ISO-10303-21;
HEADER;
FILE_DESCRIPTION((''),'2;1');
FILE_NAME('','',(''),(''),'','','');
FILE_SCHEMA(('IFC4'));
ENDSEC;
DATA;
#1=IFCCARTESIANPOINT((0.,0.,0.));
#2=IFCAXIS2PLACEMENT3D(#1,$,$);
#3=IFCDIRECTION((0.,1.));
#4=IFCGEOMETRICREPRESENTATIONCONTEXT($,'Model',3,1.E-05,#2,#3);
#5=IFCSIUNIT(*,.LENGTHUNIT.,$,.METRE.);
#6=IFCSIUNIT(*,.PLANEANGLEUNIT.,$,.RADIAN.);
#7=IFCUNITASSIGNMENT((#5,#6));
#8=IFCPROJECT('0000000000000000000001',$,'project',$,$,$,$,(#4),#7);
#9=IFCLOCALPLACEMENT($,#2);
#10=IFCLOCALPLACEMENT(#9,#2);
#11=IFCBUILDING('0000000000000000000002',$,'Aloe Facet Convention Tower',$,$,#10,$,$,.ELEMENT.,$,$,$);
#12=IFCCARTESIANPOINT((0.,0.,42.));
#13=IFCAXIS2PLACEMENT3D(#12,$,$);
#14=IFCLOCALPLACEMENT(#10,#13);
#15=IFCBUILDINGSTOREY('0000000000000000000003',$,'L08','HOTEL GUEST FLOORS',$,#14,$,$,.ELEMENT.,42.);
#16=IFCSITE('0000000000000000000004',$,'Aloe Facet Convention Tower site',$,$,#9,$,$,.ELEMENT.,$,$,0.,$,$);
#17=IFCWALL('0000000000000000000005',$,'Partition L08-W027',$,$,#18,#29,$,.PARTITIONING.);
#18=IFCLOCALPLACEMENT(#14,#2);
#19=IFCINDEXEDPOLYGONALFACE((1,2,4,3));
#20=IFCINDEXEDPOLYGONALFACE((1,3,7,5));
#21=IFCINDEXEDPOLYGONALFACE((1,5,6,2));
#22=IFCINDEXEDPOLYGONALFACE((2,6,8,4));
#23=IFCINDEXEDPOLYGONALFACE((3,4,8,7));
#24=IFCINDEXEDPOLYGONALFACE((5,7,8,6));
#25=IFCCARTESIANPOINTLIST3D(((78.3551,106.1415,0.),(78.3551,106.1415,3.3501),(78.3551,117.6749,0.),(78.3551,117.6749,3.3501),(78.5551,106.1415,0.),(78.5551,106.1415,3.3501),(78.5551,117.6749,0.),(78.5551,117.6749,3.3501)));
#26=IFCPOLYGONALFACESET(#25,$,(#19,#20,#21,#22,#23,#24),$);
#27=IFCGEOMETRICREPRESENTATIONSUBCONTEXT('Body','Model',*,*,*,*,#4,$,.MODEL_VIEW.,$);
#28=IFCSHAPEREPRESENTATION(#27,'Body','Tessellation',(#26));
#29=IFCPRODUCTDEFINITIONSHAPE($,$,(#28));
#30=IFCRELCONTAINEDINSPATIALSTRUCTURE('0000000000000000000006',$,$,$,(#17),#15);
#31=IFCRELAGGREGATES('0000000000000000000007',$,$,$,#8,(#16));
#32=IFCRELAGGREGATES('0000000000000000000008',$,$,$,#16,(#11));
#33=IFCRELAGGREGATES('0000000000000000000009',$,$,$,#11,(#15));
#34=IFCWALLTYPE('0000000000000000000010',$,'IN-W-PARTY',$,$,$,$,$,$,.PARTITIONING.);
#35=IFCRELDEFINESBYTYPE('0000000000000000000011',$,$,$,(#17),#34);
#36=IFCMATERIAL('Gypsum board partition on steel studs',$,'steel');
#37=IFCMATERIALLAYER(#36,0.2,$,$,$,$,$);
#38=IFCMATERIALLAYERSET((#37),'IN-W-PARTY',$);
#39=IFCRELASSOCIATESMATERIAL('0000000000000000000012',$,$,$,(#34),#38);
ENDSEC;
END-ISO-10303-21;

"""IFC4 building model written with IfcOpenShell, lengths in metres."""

from ifc_helpers import new_model, si_unit, direction, frame, frame_2d, origin, place, context, subcontext, project, spatial, rectangle, extrude, material, layer, layer_set, type_object, element, save


model = new_model("IFC4")

# Units and contexts
model_context = context("Model", 3, precision=1e-05, world=origin(), true_north=direction((0.0, 1.0)))
body_context = subcontext(model_context, "Body", "Model", "MODEL_VIEW")
ifc_project = project(units=[si_unit("LENGTHUNIT", "METRE"), si_unit("PLANEANGLEUNIT", "RADIAN")], contexts=[model_context])

# Site, building, storey
site_placement = place(None, origin())
site = spatial("IfcSite", under=ifc_project, at=site_placement, Name="Aloe Facet Convention Tower site", CompositionType="ELEMENT", RefElevation=0.0)
building_placement = place(site_placement, origin())
building = spatial("IfcBuilding", under=site, at=building_placement, Name="Aloe Facet Convention Tower", CompositionType="ELEMENT")
storey_placement = place(building_placement, frame((0.0, 0.0, 42.0)))
storey = spatial("IfcBuildingStorey", under=building, at=storey_placement, Name="L08", Description="HOTEL GUEST FLOORS", CompositionType="ELEMENT", Elevation=42.0)

# Wall
ifc_material_1 = material(Name="Gypsum board partition on steel studs", Category="steel")
ifc_layer_1 = layer(ifc_material_1, 0.2)
ifc_layer_set_1 = layer_set([ifc_layer_1], Name="IN-W-PARTY")
wall_type_1 = type_object("IfcWallType", Name="IN-W-PARTY", PredefinedType="PARTITIONING", material=ifc_layer_set_1)
wall_1_placement = place(storey_placement, frame((78.4551, 106.1416, 0.0), z_axis=(0.0, 0.0, 1.0), x_axis=(0.0, 1.0, 0.0)))
element("IfcWall", 1, at=wall_1_placement, inside=storey, type_object=wall_type_1, Name="Partition L08-W027", PredefinedType="PARTITIONING", context=body_context, shape_type="SweptSolid", body=[
    extrude(rectangle(XDim=11.5334, YDim=0.2, at=frame_2d((5.7666, 0.0))), origin(), (0.0, 0.0, 1.0), 3.3501),
])

save(model, "model.ifc")
